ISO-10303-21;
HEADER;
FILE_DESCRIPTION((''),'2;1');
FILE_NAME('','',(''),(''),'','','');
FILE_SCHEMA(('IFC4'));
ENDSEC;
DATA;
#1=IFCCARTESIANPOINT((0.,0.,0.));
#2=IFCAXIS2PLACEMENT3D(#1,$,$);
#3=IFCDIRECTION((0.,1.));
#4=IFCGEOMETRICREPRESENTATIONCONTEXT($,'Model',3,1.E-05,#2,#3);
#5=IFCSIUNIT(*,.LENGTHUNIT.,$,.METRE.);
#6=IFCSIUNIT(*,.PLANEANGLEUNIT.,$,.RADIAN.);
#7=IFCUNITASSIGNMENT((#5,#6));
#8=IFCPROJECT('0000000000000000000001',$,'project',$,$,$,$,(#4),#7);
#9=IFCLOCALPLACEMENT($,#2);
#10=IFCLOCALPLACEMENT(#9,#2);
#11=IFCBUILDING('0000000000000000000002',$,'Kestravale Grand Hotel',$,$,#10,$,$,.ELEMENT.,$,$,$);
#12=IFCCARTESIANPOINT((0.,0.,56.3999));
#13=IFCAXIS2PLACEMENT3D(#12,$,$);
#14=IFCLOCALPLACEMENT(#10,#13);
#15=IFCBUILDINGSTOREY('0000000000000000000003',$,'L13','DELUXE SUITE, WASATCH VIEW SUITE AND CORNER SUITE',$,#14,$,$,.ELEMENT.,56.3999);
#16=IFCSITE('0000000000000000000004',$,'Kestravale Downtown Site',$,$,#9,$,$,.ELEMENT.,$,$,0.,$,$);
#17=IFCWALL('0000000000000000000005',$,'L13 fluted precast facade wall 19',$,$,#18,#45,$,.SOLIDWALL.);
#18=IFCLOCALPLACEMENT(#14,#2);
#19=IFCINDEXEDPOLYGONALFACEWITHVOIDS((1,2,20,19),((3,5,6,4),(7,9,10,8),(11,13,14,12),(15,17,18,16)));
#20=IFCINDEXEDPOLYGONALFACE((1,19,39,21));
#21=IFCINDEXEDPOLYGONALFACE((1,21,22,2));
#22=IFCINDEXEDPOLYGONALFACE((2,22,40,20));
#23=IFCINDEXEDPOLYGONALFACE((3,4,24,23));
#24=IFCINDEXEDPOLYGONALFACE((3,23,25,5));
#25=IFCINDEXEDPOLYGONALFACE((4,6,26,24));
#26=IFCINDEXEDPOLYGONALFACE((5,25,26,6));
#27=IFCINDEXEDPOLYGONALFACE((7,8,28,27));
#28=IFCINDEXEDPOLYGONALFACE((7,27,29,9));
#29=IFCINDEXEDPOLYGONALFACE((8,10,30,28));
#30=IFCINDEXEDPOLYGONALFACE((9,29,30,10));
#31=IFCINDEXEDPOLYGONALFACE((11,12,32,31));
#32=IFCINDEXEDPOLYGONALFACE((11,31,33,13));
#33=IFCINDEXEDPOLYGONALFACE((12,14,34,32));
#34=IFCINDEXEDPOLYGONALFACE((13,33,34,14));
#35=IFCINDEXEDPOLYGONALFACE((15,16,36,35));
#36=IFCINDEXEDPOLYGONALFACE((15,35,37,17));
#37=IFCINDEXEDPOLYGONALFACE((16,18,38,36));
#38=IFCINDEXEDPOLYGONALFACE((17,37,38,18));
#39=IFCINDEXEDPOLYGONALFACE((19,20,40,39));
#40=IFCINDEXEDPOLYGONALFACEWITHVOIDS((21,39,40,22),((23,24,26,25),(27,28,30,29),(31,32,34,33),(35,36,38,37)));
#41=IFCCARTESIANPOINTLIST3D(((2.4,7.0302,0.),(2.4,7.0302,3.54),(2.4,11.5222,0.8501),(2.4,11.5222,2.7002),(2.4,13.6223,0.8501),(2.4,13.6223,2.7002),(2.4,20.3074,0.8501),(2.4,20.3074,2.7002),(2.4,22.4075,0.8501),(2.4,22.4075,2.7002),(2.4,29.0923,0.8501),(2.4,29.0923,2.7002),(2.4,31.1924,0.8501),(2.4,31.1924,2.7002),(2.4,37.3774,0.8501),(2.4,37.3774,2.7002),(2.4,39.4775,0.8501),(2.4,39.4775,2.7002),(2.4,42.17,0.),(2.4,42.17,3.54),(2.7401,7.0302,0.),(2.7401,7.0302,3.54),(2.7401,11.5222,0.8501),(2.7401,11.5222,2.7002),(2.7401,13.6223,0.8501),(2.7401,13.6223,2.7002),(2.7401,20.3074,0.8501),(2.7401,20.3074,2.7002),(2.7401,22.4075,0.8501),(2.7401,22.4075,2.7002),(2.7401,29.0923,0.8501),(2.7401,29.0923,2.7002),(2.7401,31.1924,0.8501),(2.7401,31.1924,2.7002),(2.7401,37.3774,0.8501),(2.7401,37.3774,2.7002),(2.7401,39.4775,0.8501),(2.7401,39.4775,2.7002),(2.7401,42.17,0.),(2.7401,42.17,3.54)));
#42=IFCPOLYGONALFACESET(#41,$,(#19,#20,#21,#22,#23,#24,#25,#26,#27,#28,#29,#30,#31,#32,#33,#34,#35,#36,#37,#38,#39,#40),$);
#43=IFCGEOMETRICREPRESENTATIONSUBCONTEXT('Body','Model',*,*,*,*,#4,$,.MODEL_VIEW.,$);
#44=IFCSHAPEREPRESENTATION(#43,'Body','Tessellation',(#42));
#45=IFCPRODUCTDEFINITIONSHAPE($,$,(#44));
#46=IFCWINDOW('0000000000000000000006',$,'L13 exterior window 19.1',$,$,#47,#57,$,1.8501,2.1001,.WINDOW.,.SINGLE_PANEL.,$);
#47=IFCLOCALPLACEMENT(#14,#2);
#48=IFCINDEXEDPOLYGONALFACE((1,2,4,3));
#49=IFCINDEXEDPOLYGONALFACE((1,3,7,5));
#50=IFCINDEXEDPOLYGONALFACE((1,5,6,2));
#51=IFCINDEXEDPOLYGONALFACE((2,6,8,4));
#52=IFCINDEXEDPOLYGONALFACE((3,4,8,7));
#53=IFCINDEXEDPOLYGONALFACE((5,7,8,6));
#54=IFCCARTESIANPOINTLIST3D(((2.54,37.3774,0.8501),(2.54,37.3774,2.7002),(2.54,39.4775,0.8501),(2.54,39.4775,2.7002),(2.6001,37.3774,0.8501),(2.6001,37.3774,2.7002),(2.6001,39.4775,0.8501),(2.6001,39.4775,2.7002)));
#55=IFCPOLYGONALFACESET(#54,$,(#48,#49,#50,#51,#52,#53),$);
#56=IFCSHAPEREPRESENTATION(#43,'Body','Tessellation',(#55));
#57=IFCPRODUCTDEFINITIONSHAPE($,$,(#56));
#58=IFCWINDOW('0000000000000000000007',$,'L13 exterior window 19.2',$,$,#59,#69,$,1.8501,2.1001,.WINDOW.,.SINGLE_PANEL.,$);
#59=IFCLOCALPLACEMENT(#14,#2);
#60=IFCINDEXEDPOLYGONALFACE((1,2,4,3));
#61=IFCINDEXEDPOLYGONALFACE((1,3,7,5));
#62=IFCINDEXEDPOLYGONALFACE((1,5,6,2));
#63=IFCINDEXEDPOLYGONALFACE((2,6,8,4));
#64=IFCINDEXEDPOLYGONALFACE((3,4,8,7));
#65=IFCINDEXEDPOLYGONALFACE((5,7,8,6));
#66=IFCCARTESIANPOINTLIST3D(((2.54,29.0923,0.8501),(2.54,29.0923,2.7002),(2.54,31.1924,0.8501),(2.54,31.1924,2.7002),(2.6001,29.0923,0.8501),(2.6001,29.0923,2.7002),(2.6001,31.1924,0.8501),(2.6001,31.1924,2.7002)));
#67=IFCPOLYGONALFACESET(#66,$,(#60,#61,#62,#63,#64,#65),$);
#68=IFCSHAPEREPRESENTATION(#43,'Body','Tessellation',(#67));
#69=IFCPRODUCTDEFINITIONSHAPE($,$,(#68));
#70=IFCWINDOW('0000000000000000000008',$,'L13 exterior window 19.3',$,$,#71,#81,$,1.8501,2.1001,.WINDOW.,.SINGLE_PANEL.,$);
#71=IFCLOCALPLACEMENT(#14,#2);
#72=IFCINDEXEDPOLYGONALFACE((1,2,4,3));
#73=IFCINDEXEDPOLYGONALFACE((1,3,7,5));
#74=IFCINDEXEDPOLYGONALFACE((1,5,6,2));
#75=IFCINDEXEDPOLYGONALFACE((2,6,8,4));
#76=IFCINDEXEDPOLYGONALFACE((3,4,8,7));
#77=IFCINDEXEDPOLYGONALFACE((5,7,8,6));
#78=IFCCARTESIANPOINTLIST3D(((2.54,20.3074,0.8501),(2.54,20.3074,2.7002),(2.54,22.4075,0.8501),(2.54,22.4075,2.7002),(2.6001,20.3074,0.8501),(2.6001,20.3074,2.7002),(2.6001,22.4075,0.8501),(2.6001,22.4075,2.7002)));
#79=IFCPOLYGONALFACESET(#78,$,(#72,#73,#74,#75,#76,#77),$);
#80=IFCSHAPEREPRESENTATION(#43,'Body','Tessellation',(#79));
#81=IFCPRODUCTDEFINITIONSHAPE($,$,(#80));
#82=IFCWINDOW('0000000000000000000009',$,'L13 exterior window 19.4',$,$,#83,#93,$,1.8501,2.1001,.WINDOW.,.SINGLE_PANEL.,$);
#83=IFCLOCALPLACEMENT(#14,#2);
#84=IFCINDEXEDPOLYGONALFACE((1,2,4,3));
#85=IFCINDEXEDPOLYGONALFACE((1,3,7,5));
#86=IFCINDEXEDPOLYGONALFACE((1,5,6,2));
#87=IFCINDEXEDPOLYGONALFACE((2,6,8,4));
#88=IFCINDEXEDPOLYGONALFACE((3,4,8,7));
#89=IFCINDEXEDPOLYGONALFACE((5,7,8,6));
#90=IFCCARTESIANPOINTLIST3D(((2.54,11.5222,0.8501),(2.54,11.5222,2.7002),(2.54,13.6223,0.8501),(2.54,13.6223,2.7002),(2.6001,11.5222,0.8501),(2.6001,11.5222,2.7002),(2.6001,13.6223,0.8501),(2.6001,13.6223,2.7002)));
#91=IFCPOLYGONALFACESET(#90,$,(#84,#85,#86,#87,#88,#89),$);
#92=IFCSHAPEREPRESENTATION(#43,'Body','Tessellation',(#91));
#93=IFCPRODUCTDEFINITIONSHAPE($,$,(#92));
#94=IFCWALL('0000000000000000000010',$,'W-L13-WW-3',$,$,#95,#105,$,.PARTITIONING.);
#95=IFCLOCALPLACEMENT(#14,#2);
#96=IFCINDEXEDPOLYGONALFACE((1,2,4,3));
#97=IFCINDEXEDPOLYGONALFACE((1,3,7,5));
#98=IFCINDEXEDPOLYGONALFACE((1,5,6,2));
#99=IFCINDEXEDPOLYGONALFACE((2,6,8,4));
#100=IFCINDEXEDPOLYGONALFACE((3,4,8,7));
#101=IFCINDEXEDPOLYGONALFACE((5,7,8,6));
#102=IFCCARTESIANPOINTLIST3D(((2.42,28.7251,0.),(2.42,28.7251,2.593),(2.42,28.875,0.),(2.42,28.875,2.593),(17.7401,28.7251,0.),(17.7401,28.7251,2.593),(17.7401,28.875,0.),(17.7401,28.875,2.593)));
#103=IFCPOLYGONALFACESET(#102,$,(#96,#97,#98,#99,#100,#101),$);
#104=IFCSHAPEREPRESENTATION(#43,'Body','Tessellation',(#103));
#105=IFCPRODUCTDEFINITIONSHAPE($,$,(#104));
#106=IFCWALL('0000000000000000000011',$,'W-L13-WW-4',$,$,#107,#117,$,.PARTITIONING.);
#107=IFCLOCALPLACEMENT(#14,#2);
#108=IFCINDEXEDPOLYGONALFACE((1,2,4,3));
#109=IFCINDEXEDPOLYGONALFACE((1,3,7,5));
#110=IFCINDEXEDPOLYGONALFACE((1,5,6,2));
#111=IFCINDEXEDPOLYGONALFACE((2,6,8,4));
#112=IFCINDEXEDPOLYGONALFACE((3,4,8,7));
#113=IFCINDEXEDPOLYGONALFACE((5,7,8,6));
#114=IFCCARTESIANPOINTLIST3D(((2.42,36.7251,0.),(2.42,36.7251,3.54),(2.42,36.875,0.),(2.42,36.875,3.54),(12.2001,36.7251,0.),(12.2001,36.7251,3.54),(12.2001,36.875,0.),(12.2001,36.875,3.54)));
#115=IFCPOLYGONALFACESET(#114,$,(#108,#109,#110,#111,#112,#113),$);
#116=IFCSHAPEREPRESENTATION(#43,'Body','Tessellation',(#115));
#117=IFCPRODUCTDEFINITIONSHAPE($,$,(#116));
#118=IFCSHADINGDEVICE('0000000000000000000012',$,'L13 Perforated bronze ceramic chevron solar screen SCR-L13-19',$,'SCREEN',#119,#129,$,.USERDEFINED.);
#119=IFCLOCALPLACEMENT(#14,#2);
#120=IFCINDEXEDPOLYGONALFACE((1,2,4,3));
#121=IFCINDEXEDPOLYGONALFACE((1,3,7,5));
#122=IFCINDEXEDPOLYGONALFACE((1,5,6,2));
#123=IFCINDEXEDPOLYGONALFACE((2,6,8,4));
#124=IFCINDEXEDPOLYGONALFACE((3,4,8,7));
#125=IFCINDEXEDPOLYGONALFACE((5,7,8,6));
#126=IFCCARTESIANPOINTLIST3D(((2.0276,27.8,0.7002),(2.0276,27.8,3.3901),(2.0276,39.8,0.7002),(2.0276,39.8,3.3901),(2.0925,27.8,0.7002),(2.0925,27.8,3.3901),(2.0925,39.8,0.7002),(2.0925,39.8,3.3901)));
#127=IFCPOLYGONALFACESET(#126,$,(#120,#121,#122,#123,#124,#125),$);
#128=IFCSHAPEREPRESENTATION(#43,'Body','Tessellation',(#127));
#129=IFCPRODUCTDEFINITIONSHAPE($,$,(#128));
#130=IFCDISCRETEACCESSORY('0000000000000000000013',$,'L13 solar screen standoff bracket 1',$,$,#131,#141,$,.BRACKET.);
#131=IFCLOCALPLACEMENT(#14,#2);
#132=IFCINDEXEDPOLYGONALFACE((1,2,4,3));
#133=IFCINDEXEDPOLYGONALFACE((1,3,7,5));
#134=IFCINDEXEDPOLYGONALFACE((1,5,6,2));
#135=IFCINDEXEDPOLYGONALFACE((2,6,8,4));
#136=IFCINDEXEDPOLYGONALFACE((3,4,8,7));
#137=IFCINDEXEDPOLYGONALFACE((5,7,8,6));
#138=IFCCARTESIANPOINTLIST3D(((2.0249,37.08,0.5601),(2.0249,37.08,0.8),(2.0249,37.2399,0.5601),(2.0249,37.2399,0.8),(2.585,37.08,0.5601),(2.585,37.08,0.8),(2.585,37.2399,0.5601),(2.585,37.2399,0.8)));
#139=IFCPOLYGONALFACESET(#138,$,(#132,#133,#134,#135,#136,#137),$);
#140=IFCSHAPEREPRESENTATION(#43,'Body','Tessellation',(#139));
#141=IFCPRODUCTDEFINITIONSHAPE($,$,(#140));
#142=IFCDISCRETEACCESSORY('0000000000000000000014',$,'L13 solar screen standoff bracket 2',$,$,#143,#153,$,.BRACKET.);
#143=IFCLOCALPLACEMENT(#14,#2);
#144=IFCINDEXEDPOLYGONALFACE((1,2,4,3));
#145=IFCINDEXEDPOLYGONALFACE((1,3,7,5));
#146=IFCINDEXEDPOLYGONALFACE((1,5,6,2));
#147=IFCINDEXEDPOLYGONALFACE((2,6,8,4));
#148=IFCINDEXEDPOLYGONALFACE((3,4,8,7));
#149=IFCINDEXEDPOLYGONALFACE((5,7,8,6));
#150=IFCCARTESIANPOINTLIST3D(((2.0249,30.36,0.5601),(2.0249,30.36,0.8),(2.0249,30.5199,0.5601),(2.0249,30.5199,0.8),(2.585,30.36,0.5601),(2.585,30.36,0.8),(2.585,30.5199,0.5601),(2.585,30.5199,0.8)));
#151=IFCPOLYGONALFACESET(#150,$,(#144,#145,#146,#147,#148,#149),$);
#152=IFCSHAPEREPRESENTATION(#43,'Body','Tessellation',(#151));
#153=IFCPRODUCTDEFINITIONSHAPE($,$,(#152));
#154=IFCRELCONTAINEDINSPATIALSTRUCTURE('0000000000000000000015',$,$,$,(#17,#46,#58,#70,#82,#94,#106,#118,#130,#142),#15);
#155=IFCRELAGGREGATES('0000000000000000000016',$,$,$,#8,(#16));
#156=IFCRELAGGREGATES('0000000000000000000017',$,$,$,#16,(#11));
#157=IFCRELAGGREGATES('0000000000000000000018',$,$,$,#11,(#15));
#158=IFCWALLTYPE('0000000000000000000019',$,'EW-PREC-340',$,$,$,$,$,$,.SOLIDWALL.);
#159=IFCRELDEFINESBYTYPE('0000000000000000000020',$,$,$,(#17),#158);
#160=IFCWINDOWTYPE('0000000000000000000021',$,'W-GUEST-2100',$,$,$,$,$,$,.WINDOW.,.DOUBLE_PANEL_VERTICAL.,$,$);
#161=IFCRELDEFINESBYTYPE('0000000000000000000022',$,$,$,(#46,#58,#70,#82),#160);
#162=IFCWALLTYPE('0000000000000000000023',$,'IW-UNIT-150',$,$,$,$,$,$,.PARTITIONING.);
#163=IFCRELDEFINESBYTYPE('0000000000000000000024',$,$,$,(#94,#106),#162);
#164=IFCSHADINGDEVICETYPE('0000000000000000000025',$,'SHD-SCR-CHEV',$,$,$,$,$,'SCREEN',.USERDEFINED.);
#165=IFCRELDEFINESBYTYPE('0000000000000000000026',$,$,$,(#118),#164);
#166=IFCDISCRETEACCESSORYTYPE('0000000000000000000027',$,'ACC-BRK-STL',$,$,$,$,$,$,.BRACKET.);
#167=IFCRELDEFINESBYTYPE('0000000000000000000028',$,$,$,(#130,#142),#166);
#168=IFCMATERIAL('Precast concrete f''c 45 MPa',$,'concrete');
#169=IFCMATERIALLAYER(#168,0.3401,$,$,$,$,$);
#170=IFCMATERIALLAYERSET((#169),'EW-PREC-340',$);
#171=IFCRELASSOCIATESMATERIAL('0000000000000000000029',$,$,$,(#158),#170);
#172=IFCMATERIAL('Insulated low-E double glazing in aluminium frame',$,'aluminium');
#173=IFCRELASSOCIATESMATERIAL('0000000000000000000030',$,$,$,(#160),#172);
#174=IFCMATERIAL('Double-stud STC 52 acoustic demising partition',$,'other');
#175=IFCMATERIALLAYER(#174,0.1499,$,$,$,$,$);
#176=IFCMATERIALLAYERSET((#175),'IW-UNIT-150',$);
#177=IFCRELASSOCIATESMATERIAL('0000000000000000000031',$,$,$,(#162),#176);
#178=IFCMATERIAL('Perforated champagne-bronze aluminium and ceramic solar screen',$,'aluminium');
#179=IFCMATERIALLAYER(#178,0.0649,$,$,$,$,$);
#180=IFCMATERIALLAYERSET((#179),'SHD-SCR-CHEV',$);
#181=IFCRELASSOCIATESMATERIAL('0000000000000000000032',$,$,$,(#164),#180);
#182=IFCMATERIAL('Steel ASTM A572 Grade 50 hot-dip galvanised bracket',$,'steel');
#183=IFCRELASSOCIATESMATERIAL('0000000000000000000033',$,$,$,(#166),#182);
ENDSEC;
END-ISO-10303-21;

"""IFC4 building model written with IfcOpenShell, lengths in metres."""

from ifc_helpers import new_model, si_unit, direction, frame, frame_2d, origin, origin_2d, place, context, subcontext, project, spatial, rectangle, extrude, material, layer, layer_set, type_object, element, fill, save


model = new_model("IFC4")

# Units and contexts
model_context = context("Model", 3, precision=1e-05, world=origin(), true_north=direction((0.0, 1.0)))
body_context = subcontext(model_context, "Body", "Model", "MODEL_VIEW")
ifc_project = project(units=[si_unit("LENGTHUNIT", "METRE"), si_unit("PLANEANGLEUNIT", "RADIAN")], contexts=[model_context])

# Site, building, storey
site_placement = place(None, origin())
site = spatial("IfcSite", under=ifc_project, at=site_placement, Name="Kestravale Downtown Site", CompositionType="ELEMENT", RefElevation=0.0)
building_placement = place(site_placement, origin())
building = spatial("IfcBuilding", under=site, at=building_placement, Name="Kestravale Grand Hotel", CompositionType="ELEMENT")
storey_placement = place(building_placement, frame((0.0, 0.0, 56.3999)))
storey = spatial("IfcBuildingStorey", under=building, at=storey_placement, Name="L13", Description="DELUXE SUITE, WASATCH VIEW SUITE AND CORNER SUITE", CompositionType="ELEMENT", Elevation=56.3999)

# Wall, openings, windows
ifc_material_1 = material(Name="Precast concrete f'c 45 MPa", Category="concrete")
ifc_layer_1 = layer(ifc_material_1, 0.3401)
ifc_layer_set_1 = layer_set([ifc_layer_1], Name="EW-PREC-340")
wall_type_1 = type_object("IfcWallType", Name="EW-PREC-340", PredefinedType="SOLIDWALL", material=ifc_layer_set_1)
wall_1_placement = place(storey_placement, frame((2.5701, 42.1699, 0.0), z_axis=(0.0, 0.0, 1.0), x_axis=(0.0, -1.0, 0.0)))
wall_1 = element("IfcWall", 1, at=wall_1_placement, inside=storey, type_object=wall_type_1, Name="L13 fluted precast facade wall 19", PredefinedType="SOLIDWALL", context=body_context, shape_type="SweptSolid", body=[
    extrude(rectangle(XDim=35.1399, YDim=0.3401, at=frame_2d((17.5698, 0.0))), origin(), (0.0, 0.0, 1.0), 3.54),
])
opening_1_placement = place(wall_1_placement, frame((2.6924, 0.0, 0.8501)))
opening_1 = element("IfcOpeningElement", 2, at=opening_1_placement, cuts=wall_1, PredefinedType="OPENING", context=body_context, shape_type="SweptSolid", body=[
    extrude(rectangle(XDim=2.1001, YDim=1.8501, at=frame_2d((1.05, 0.925))), frame((0.0, 0.1799, 0.0), z_axis=(0.0, -1.0, 0.0), x_axis=(1.0, 0.0, 0.0)), (0.0, 0.0, 1.0), 0.3601),
])
opening_2_placement = place(wall_1_placement, frame((10.9775, 0.0, 0.8501)))
opening_2 = element("IfcOpeningElement", 3, at=opening_2_placement, cuts=wall_1, PredefinedType="OPENING", context=body_context, shape_type="SweptSolid", body=[
    extrude(rectangle(XDim=2.1001, YDim=1.8501, at=frame_2d((1.05, 0.925))), frame((0.0, 0.1799, 0.0), z_axis=(0.0, -1.0, 0.0), x_axis=(1.0, 0.0, 0.0)), (0.0, 0.0, 1.0), 0.3601),
])
opening_3_placement = place(wall_1_placement, frame((19.7625, 0.0, 0.8501)))
opening_3 = element("IfcOpeningElement", 4, at=opening_3_placement, cuts=wall_1, PredefinedType="OPENING", context=body_context, shape_type="SweptSolid", body=[
    extrude(rectangle(XDim=2.1001, YDim=1.8501, at=frame_2d((1.05, 0.925))), frame((0.0, 0.1799, 0.0), z_axis=(0.0, -1.0, 0.0), x_axis=(1.0, 0.0, 0.0)), (0.0, 0.0, 1.0), 0.3601),
])
opening_4_placement = place(wall_1_placement, frame((28.5476, 0.0, 0.8501)))
opening_4 = element("IfcOpeningElement", 5, at=opening_4_placement, cuts=wall_1, PredefinedType="OPENING", context=body_context, shape_type="SweptSolid", body=[
    extrude(rectangle(XDim=2.1001, YDim=1.8501, at=frame_2d((1.05, 0.925))), frame((0.0, 0.1799, 0.0), z_axis=(0.0, -1.0, 0.0), x_axis=(1.0, 0.0, 0.0)), (0.0, 0.0, 1.0), 0.3601),
])
ifc_material_2 = material(Name="Insulated low-E double glazing in aluminium frame", Category="aluminium")
window_type = type_object("IfcWindowType", Name="W-GUEST-2100", PartitioningType="DOUBLE_PANEL_VERTICAL", PredefinedType="WINDOW", material=ifc_material_2)
window_1_placement = place(opening_1_placement, origin())
window_1 = element("IfcWindow", 6, at=window_1_placement, inside=storey, type_object=window_type, Name="L13 exterior window 19.1", OverallHeight=1.8501, OverallWidth=2.1001, PartitioningType="SINGLE_PANEL", PredefinedType="WINDOW", context=body_context, shape_type="SweptSolid", body=[
    extrude(rectangle(XDim=2.1001, YDim=1.8501, at=frame_2d((1.05, 0.925))), frame((0.0, 0.03, 0.0), z_axis=(0.0, -1.0, 0.0), x_axis=(1.0, 0.0, 0.0)), (0.0, 0.0, 1.0), 0.0601),
])
fill(opening_1, window_1)
window_2_placement = place(opening_2_placement, origin())
window_2 = element("IfcWindow", 7, at=window_2_placement, inside=storey, type_object=window_type, Name="L13 exterior window 19.2", OverallHeight=1.8501, OverallWidth=2.1001, PartitioningType="SINGLE_PANEL", PredefinedType="WINDOW", context=body_context, shape_type="SweptSolid", body=[
    extrude(rectangle(XDim=2.1001, YDim=1.8501, at=frame_2d((1.05, 0.925))), frame((0.0, 0.03, 0.0), z_axis=(0.0, -1.0, 0.0), x_axis=(1.0, 0.0, 0.0)), (0.0, 0.0, 1.0), 0.0601),
])
fill(opening_2, window_2)
window_3_placement = place(opening_3_placement, origin())
window_3 = element("IfcWindow", 8, at=window_3_placement, inside=storey, type_object=window_type, Name="L13 exterior window 19.3", OverallHeight=1.8501, OverallWidth=2.1001, PartitioningType="SINGLE_PANEL", PredefinedType="WINDOW", context=body_context, shape_type="SweptSolid", body=[
    extrude(rectangle(XDim=2.1001, YDim=1.8501, at=frame_2d((1.05, 0.925))), frame((0.0, 0.03, 0.0), z_axis=(0.0, -1.0, 0.0), x_axis=(1.0, 0.0, 0.0)), (0.0, 0.0, 1.0), 0.0601),
])
fill(opening_3, window_3)
window_4_placement = place(opening_4_placement, origin())
window_4 = element("IfcWindow", 9, at=window_4_placement, inside=storey, type_object=window_type, Name="L13 exterior window 19.4", OverallHeight=1.8501, OverallWidth=2.1001, PartitioningType="SINGLE_PANEL", PredefinedType="WINDOW", context=body_context, shape_type="SweptSolid", body=[
    extrude(rectangle(XDim=2.1001, YDim=1.8501, at=frame_2d((1.05, 0.925))), frame((0.0, 0.03, 0.0), z_axis=(0.0, -1.0, 0.0), x_axis=(1.0, 0.0, 0.0)), (0.0, 0.0, 1.0), 0.0601),
])
fill(opening_4, window_4)

# Walls
ifc_material_3 = material(Name="Double-stud STC 52 acoustic demising partition", Category="other")
ifc_layer_2 = layer(ifc_material_3, 0.1499)
ifc_layer_set_2 = layer_set([ifc_layer_2], Name="IW-UNIT-150")
wall_type_2 = type_object("IfcWallType", Name="IW-UNIT-150", PredefinedType="PARTITIONING", material=ifc_layer_set_2)
wall_2_placement = place(storey_placement, frame((2.4199, 28.8, 0.0), z_axis=(0.0, 0.0, 1.0), x_axis=(1.0, 0.0, 0.0)))
element("IfcWall", 10, at=wall_2_placement, inside=storey, type_object=wall_type_2, Name="W-L13-WW-3", PredefinedType="PARTITIONING", context=body_context, shape_type="SweptSolid", body=[
    extrude(rectangle(XDim=15.3201, YDim=0.1499, at=frame_2d((7.6602, 0.0))), origin(), (0.0, 0.0, 1.0), 2.593),
])
wall_3_placement = place(storey_placement, frame((2.4199, 36.8, 0.0), z_axis=(0.0, 0.0, 1.0), x_axis=(1.0, 0.0, 0.0)))
element("IfcWall", 11, at=wall_3_placement, inside=storey, type_object=wall_type_2, Name="W-L13-WW-4", PredefinedType="PARTITIONING", context=body_context, shape_type="SweptSolid", body=[
    extrude(rectangle(XDim=9.78, YDim=0.1499, at=frame_2d((4.8901, 0.0))), origin(), (0.0, 0.0, 1.0), 3.54),
])

# Shading device
ifc_material_4 = material(Name="Perforated champagne-bronze aluminium and ceramic solar screen", Category="aluminium")
ifc_layer_3 = layer(ifc_material_4, 0.0649)
ifc_layer_set_3 = layer_set([ifc_layer_3], Name="SHD-SCR-CHEV")
shading_device_type = type_object("IfcShadingDeviceType", Name="SHD-SCR-CHEV", ElementType="SCREEN", PredefinedType="USERDEFINED", material=ifc_layer_set_3)
shading_device_placement = place(storey_placement, frame((2.0601, 33.8, 0.7002), z_axis=(0.0, 0.0, 1.0), x_axis=(0.0, -1.0, 0.0)))
element("IfcShadingDevice", 12, at=shading_device_placement, inside=storey, type_object=shading_device_type, Name="L13 Perforated bronze ceramic chevron solar screen SCR-L13-19", ObjectType="SCREEN", PredefinedType="USERDEFINED", context=body_context, shape_type="SweptSolid", body=[
    extrude(rectangle(XDim=12.0, YDim=0.0649, at=origin_2d()), origin(), (0.0, 0.0, 1.0), 2.6899),
])

# Discrete accessories
ifc_material_5 = material(Name="Steel ASTM A572 Grade 50 hot-dip galvanised bracket", Category="steel")
discrete_accessory_type = type_object("IfcDiscreteAccessoryType", Name="ACC-BRK-STL", PredefinedType="BRACKET", material=ifc_material_5)
for number, where, z_axis, x_axis, name in (
    (13, (2.3049, 37.1599, 0.5601), (0.0, 0.0, 1.0), (0.0, -1.0, 0.0), "L13 solar screen standoff bracket 1"),
    (14, (2.3049, 30.4399, 0.5601), (0.0, 0.0, 1.0), (0.0, -1.0, 0.0), "L13 solar screen standoff bracket 2"),
):
    element("IfcDiscreteAccessory", number, at=place(storey_placement, frame(where, z_axis=z_axis, x_axis=x_axis)), inside=storey, type_object=discrete_accessory_type, Name=name, PredefinedType="BRACKET", context=body_context, shape_type="SweptSolid", body=[
        extrude(rectangle(XDim=0.1599, YDim=0.5601, at=origin_2d()), origin(), (0.0, 0.0, 1.0), 0.24),
    ])

save(model, "model.ifc")
